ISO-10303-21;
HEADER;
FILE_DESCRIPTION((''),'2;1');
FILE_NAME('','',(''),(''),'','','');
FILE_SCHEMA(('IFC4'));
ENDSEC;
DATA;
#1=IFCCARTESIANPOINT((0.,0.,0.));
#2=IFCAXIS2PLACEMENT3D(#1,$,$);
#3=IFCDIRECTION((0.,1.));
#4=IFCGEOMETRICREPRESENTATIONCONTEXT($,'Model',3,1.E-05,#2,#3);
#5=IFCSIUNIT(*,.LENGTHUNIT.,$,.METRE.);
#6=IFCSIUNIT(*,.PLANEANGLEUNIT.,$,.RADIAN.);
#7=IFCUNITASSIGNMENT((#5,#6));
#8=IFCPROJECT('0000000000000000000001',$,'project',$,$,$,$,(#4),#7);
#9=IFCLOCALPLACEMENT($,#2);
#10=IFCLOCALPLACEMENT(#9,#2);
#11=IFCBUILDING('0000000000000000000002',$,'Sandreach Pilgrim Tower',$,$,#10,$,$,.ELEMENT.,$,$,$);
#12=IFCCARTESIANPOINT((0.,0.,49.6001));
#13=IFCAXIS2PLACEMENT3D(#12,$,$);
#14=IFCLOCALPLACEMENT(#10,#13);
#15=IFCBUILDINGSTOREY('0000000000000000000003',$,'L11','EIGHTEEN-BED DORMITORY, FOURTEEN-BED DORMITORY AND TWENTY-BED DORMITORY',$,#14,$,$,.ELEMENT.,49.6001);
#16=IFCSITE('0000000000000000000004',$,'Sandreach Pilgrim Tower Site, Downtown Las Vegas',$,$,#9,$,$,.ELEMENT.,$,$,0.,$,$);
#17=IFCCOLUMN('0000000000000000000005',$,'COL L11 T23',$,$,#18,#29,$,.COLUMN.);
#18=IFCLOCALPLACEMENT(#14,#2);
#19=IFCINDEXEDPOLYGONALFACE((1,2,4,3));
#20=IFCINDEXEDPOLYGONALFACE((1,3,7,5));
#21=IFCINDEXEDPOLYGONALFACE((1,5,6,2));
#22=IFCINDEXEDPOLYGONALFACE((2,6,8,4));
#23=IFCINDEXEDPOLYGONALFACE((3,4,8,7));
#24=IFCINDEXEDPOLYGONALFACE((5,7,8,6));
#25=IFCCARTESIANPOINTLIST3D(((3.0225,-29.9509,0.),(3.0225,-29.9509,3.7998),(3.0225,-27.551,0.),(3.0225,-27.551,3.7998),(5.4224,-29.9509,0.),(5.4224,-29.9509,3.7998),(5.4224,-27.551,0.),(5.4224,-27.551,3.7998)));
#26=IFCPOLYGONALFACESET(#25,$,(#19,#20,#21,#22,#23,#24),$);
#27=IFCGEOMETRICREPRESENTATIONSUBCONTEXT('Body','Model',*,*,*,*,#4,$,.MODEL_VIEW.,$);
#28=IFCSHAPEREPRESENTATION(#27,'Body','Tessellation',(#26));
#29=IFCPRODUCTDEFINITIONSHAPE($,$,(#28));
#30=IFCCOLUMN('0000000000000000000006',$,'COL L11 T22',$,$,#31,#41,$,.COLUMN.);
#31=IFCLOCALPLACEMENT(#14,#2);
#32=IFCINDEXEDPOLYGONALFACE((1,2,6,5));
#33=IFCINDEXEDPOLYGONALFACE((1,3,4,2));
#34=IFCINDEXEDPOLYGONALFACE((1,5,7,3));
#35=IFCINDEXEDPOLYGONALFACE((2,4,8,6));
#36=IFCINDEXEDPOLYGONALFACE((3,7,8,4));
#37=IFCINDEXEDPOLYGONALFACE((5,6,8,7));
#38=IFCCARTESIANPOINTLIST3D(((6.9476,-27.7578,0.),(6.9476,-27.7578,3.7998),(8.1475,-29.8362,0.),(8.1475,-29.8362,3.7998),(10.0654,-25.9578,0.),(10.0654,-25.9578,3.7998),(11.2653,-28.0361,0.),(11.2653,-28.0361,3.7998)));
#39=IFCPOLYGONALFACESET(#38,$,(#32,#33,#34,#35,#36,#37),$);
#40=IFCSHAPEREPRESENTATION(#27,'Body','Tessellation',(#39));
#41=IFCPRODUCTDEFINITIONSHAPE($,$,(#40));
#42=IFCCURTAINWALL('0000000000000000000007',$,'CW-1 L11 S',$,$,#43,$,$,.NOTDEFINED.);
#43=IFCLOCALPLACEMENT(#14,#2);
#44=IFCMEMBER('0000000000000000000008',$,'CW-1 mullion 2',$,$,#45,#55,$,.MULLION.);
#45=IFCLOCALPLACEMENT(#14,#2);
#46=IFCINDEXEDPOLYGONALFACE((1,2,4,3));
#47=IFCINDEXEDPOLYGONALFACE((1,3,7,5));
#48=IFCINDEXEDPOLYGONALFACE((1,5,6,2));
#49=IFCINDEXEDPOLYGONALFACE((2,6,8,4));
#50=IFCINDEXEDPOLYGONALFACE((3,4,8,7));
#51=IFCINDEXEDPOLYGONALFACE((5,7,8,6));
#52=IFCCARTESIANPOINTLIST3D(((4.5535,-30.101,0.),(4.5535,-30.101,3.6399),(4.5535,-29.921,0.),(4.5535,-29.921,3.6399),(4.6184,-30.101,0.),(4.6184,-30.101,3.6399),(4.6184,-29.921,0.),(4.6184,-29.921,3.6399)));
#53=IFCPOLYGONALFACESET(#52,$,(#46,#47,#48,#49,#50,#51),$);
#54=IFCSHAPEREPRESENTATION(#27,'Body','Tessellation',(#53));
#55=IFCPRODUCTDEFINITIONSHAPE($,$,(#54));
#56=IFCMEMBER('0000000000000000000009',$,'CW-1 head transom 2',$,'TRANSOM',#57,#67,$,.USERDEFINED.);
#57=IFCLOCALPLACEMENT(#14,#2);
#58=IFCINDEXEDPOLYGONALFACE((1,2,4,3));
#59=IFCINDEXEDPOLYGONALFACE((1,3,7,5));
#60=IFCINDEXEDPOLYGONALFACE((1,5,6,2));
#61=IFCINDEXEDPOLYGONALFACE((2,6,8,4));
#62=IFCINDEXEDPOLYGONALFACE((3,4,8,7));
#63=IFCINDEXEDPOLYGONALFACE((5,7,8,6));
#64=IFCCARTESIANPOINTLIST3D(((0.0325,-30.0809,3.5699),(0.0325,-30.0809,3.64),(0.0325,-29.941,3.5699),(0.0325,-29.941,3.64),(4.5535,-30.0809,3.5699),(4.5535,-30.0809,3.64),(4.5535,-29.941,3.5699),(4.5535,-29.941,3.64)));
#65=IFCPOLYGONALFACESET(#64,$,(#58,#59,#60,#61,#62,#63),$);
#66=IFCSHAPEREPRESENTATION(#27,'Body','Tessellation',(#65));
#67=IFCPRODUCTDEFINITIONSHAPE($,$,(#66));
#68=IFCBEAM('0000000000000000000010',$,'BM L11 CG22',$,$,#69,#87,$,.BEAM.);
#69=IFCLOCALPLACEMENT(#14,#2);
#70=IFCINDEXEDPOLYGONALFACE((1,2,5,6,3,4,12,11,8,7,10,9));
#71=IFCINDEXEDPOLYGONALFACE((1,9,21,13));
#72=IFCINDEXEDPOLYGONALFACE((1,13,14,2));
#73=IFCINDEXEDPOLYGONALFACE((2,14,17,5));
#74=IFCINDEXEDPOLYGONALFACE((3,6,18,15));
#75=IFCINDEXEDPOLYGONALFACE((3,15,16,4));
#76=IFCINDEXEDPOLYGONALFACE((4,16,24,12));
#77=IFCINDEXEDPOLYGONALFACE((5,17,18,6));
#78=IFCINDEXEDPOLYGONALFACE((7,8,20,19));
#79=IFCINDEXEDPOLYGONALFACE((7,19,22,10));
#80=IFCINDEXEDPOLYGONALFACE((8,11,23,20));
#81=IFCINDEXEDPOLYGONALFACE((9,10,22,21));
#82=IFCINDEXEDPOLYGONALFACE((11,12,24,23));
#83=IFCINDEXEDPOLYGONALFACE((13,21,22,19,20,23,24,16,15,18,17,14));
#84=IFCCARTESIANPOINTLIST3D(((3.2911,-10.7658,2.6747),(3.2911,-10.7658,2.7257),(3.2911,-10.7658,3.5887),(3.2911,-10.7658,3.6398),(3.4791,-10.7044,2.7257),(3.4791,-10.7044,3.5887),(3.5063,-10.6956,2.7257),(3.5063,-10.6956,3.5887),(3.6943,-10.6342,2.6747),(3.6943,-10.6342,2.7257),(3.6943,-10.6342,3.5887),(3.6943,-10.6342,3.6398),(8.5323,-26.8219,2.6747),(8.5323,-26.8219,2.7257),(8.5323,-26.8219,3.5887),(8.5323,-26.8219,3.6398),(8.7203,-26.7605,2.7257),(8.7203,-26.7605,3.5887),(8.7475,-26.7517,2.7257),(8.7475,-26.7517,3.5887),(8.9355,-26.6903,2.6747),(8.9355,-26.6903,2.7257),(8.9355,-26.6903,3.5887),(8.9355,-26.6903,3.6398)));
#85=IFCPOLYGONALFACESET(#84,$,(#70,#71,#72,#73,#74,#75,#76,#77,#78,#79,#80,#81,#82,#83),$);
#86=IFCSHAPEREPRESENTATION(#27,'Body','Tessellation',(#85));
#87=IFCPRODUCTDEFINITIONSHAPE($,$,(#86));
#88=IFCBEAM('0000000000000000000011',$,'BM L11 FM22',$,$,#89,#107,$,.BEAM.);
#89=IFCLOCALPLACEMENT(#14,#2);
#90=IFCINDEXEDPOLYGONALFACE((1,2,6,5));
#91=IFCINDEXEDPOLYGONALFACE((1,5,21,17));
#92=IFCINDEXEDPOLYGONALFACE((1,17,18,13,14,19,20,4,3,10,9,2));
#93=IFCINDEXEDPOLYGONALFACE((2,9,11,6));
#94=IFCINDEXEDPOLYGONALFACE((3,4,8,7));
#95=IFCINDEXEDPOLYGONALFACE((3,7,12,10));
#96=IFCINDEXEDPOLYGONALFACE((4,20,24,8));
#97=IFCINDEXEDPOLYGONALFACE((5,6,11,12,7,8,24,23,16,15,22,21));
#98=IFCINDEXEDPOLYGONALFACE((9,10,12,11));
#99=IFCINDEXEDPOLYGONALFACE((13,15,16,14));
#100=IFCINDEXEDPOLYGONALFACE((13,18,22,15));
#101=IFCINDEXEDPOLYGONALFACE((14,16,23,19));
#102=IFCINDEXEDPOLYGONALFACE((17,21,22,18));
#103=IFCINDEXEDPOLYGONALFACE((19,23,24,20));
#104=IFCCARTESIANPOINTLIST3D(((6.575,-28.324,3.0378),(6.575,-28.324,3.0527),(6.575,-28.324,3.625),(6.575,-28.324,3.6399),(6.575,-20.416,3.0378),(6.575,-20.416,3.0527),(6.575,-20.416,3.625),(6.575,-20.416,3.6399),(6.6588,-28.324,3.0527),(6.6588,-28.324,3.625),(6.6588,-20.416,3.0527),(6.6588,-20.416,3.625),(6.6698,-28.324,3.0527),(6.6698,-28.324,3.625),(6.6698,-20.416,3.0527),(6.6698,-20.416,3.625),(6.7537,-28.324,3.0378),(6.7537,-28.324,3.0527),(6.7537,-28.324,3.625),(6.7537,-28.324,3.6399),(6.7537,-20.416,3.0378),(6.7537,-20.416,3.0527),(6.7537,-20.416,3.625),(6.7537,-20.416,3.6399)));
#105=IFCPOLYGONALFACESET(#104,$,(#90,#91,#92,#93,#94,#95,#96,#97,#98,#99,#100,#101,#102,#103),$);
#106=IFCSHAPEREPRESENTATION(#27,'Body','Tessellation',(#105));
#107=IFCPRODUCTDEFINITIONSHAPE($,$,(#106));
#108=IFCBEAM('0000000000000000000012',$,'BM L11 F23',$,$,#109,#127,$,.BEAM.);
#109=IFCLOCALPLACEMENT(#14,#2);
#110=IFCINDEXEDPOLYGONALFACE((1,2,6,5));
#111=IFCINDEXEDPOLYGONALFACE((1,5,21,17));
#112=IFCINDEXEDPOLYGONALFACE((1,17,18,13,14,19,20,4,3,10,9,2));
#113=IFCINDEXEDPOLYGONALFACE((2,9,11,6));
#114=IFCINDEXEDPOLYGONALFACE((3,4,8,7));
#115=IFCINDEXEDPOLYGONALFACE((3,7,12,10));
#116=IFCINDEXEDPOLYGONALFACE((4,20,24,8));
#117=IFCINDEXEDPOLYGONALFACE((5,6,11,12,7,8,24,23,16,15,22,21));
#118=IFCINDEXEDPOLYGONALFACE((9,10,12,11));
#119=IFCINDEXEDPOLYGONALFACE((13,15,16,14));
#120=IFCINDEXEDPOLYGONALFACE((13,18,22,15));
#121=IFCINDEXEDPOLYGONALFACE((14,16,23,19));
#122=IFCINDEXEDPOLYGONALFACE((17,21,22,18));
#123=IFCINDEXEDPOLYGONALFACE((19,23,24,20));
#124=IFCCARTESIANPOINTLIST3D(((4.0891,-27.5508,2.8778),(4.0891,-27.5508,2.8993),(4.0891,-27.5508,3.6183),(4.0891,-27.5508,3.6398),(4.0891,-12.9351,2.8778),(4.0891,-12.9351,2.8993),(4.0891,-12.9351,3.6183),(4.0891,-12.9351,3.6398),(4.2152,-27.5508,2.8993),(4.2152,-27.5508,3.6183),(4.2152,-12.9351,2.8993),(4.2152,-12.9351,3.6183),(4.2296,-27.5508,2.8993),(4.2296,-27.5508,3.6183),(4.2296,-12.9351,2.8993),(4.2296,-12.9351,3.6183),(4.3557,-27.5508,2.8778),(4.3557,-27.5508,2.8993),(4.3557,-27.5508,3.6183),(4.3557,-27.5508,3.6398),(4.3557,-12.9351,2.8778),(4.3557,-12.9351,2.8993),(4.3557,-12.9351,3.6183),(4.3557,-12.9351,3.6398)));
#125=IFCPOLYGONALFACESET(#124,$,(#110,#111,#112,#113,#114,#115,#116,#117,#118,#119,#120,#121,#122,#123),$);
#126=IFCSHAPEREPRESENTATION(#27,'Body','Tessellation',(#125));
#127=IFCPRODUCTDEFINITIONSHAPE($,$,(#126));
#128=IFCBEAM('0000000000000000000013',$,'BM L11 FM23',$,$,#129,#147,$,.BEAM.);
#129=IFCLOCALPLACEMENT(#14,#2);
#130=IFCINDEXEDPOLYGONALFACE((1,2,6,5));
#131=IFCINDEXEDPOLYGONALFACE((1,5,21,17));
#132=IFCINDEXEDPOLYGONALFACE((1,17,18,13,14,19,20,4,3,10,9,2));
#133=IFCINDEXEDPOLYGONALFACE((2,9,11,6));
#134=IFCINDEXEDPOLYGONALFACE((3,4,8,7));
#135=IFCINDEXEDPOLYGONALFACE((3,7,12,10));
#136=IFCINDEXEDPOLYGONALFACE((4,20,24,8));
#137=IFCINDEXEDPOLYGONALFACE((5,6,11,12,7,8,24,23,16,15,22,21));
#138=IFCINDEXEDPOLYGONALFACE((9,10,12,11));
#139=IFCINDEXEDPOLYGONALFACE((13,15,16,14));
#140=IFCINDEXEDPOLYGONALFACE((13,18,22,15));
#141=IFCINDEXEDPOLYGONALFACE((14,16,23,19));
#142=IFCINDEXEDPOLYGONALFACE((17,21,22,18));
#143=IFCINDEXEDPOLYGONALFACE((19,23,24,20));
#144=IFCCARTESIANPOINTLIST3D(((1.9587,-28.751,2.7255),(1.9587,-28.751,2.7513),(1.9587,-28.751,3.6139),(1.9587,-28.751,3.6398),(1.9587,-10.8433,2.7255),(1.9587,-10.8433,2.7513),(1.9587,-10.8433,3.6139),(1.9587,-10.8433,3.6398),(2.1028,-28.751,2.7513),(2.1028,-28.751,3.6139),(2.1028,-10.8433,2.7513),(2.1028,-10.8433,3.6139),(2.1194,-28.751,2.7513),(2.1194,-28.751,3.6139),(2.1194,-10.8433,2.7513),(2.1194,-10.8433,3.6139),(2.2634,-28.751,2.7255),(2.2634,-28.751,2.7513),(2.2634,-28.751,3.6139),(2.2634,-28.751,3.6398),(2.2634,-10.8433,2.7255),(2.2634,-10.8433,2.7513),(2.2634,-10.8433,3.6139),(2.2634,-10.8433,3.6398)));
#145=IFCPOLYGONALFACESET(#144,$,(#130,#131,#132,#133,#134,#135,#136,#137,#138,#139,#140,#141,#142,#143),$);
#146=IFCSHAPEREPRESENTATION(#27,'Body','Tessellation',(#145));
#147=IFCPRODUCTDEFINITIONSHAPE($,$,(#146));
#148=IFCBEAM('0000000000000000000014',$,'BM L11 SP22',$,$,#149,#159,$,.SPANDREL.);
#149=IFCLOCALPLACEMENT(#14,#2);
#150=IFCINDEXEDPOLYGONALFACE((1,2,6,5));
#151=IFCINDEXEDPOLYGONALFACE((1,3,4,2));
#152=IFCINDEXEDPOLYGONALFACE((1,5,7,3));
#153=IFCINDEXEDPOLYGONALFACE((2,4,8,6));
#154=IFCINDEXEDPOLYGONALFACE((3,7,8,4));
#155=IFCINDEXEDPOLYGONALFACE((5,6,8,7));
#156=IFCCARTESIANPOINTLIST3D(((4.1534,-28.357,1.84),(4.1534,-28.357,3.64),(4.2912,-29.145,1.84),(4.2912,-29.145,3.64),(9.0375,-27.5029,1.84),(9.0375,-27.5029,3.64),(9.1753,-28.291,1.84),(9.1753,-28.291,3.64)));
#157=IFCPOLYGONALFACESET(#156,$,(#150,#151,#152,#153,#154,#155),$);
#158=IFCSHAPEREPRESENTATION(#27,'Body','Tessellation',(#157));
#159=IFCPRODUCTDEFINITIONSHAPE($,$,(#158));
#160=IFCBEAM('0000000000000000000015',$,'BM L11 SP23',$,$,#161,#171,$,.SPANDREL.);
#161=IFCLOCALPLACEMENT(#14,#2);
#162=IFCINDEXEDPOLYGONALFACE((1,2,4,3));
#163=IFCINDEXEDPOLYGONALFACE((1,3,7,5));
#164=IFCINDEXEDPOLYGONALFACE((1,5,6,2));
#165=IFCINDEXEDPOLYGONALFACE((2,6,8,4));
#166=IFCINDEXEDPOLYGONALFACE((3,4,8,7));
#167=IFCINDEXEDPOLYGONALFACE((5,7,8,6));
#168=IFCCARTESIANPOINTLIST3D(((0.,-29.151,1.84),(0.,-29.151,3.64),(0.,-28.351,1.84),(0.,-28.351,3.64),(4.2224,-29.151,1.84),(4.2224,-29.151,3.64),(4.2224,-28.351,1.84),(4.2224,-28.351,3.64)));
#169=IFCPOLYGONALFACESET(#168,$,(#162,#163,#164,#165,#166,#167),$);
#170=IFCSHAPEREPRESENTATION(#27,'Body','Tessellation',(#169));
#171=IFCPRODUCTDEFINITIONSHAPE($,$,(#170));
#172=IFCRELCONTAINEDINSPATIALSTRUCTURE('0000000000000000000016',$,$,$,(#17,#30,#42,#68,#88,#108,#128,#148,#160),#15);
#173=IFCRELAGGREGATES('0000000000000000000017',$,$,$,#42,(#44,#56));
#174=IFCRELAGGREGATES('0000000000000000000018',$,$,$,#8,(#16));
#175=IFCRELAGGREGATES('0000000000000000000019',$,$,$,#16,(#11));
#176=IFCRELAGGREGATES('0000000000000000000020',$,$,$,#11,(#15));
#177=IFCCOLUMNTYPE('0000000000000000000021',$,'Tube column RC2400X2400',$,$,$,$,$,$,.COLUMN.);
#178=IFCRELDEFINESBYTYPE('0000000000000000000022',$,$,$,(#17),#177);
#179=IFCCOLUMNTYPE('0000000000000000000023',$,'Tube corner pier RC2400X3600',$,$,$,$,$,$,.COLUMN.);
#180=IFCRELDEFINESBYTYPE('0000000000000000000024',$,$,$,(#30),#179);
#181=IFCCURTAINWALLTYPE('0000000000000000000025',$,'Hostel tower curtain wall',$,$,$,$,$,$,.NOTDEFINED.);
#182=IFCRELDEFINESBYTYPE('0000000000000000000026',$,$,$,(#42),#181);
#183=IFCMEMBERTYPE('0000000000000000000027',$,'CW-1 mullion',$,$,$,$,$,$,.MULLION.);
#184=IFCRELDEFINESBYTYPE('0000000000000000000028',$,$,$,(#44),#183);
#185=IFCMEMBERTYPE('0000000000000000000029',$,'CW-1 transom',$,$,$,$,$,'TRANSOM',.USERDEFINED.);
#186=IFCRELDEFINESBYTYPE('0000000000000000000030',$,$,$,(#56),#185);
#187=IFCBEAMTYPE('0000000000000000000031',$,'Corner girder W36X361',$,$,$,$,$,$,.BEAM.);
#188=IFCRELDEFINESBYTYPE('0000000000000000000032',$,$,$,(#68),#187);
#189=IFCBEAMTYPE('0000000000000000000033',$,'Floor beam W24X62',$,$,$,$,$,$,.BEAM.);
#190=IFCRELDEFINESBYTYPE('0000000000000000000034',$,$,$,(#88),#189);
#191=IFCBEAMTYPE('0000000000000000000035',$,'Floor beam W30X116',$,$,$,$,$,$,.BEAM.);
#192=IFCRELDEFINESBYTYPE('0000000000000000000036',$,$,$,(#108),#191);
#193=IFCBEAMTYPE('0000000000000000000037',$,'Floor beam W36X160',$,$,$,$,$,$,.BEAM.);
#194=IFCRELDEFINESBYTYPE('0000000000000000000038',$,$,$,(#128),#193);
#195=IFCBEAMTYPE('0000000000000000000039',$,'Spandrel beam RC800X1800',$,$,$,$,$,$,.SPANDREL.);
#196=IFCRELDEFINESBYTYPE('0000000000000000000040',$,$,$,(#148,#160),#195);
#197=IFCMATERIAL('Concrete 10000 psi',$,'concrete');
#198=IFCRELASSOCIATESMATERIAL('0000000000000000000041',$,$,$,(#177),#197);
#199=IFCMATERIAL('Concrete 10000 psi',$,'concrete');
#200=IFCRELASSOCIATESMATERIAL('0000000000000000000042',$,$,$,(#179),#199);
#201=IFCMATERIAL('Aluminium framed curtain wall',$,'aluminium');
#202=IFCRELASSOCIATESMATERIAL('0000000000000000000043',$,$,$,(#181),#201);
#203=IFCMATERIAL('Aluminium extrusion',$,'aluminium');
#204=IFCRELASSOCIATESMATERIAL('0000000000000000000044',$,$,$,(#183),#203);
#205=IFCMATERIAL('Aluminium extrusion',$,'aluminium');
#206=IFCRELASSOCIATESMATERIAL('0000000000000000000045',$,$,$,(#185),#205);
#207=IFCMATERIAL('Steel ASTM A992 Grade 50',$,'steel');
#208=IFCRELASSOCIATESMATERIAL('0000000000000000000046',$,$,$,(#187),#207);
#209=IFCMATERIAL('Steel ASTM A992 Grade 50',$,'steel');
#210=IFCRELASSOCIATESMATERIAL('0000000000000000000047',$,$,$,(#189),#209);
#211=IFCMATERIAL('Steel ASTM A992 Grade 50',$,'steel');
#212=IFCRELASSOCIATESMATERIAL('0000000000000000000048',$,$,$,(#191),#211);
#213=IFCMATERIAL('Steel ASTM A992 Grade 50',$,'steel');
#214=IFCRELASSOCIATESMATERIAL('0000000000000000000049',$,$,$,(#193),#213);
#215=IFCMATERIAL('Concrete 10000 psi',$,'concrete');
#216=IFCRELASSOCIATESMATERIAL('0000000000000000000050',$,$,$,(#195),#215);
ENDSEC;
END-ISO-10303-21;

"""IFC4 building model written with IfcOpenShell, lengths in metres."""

from ifc_helpers import new_model, si_unit, direction, frame, origin, origin_2d, place, context, subcontext, project, spatial, rectangle, i_section, extrude, material, material_profile, profile_set, type_object, element, aggregate, save


model = new_model("IFC4")

# Units and contexts
model_context = context("Model", 3, precision=1e-05, world=origin(), true_north=direction((0.0, 1.0)))
body_context = subcontext(model_context, "Body", "Model", "MODEL_VIEW")
ifc_project = project(units=[si_unit("LENGTHUNIT", "METRE"), si_unit("PLANEANGLEUNIT", "RADIAN")], contexts=[model_context])

# Site, building, storey
site_placement = place(None, origin())
site = spatial("IfcSite", under=ifc_project, at=site_placement, Name="Sandreach Pilgrim Tower Site, Downtown Las Vegas", CompositionType="ELEMENT", RefElevation=0.0)
building_placement = place(site_placement, origin())
building = spatial("IfcBuilding", under=site, at=building_placement, Name="Sandreach Pilgrim Tower", CompositionType="ELEMENT")
storey_placement = place(building_placement, frame((0.0, 0.0, 49.6001)))
storey = spatial("IfcBuildingStorey", under=building, at=storey_placement, Name="L11", Description="EIGHTEEN-BED DORMITORY, FOURTEEN-BED DORMITORY AND TWENTY-BED DORMITORY", CompositionType="ELEMENT", Elevation=49.6001)

# Columns
ifc_material_1 = material(Name="Concrete 10000 psi", Category="concrete")
ifc_material_profile_1 = material_profile(ifc_material_1, rectangle(XDim=2.3999, YDim=2.3999, at=origin_2d()), Name="RC2400X2400")
ifc_profile_set_1 = profile_set([ifc_material_profile_1], Name="Concrete 10000 psi")
column_type_1 = type_object("IfcColumnType", Name="Tube column RC2400X2400", PredefinedType="COLUMN", material=ifc_profile_set_1)
column_1_placement = place(storey_placement, frame((4.2224, -28.751, 0.0), z_axis=(0.0, 0.0, 1.0), x_axis=(0.0, -1.0, 0.0)))
element("IfcColumn", 1, at=column_1_placement, inside=storey, type_object=column_type_1, Name="COL L11 T23", PredefinedType="COLUMN", context=body_context, shape_type="SweptSolid", body=[
    extrude(rectangle(XDim=2.3999, YDim=2.3999, at=origin_2d()), origin(), (0.0, 0.0, 1.0), 3.7998),
])
ifc_material_2 = material(Name="Concrete 10000 psi", Category="concrete")
ifc_material_profile_2 = material_profile(ifc_material_2, rectangle(XDim=2.3999, YDim=3.6001, at=origin_2d()), Name="RC2400X3600")
ifc_profile_set_2 = profile_set([ifc_material_profile_2], Name="Concrete 10000 psi")
column_type_2 = type_object("IfcColumnType", Name="Tube corner pier RC2400X3600", PredefinedType="COLUMN", material=ifc_profile_set_2)
column_2_placement = place(storey_placement, frame((9.1064, -27.897, 0.0), z_axis=(0.0, 0.0, 1.0), x_axis=(0.5, -0.866025, 0.0)))
element("IfcColumn", 2, at=column_2_placement, inside=storey, type_object=column_type_2, Name="COL L11 T22", PredefinedType="COLUMN", context=body_context, shape_type="SweptSolid", body=[
    extrude(rectangle(XDim=2.3999, YDim=3.6001, at=origin_2d()), origin(), (0.0, 0.0, 1.0), 3.7998),
])

# Curtain wall, members
ifc_material_3 = material(Name="Aluminium framed curtain wall", Category="aluminium")
curtain_wall_type = type_object("IfcCurtainWallType", Name="Hostel tower curtain wall", PredefinedType="NOTDEFINED", material=ifc_material_3)
curtain_wall_placement = place(storey_placement, origin())
curtain_wall = element("IfcCurtainWall", 3, at=curtain_wall_placement, inside=storey, type_object=curtain_wall_type, Name="CW-1 L11 S", PredefinedType="NOTDEFINED")
ifc_material_4 = material(Name="Aluminium extrusion", Category="aluminium")
ifc_material_profile_3 = material_profile(ifc_material_4, rectangle(XDim=0.0649, YDim=0.1799, at=origin_2d()), Name="CW-1M 65X180")
ifc_profile_set_3 = profile_set([ifc_material_profile_3], Name="Aluminium extrusion")
member_type_1 = type_object("IfcMemberType", Name="CW-1 mullion", PredefinedType="MULLION", material=ifc_profile_set_3)
member_1_placement = place(storey_placement, frame((4.5859, -30.011, 0.0), z_axis=(0.0, 0.0, 1.0), x_axis=(-1.0, 0.0, 0.0)))
member_1 = element("IfcMember", 4, at=member_1_placement, type_object=member_type_1, Name="CW-1 mullion 2", PredefinedType="MULLION", context=body_context, shape_type="SweptSolid", body=[
    extrude(rectangle(XDim=0.0649, YDim=0.1799, at=origin_2d()), origin(), (0.0, 0.0, 1.0), 3.6399),
])
ifc_material_5 = material(Name="Aluminium extrusion", Category="aluminium")
ifc_material_profile_4 = material_profile(ifc_material_5, rectangle(XDim=0.1399, YDim=0.0701, at=origin_2d()), Name="CW-1T 140X70")
ifc_profile_set_4 = profile_set([ifc_material_profile_4], Name="Aluminium extrusion")
member_type_2 = type_object("IfcMemberType", Name="CW-1 transom", ElementType="TRANSOM", PredefinedType="USERDEFINED", material=ifc_profile_set_4)
member_2_placement = place(storey_placement, frame((4.5535, -30.011, 3.605), z_axis=(-1.0, 0.0, 0.0), x_axis=(0.0, -1.0, 0.0)))
member_2 = element("IfcMember", 5, at=member_2_placement, type_object=member_type_2, Name="CW-1 head transom 2", ObjectType="TRANSOM", PredefinedType="USERDEFINED", context=body_context, shape_type="SweptSolid", body=[
    extrude(rectangle(XDim=0.1399, YDim=0.0701, at=origin_2d()), origin(), (0.0, 0.0, 1.0), 4.521),
])

# Beams
ifc_material_6 = material(Name="Steel ASTM A992 Grade 50", Category="steel")
ifc_material_profile_5 = material_profile(ifc_material_6, i_section(OverallWidth=0.4241, OverallDepth=0.9651, WebThickness=0.0286, FlangeThickness=0.051, at=origin_2d()), Name="W36X361")
ifc_profile_set_5 = profile_set([ifc_material_profile_5], Name="Steel ASTM A992 Grade 50")
beam_type_1 = type_object("IfcBeamType", Name="Corner girder W36X361", PredefinedType="BEAM", material=ifc_profile_set_5)
beam_1_placement = place(storey_placement, frame((8.7339, -26.7561, 3.1572), z_axis=(-0.310315, 0.950634, 0.0), x_axis=(-0.950634, -0.310315, 0.0)))
element("IfcBeam", 6, at=beam_1_placement, inside=storey, type_object=beam_type_1, Name="BM L11 CG22", PredefinedType="BEAM", context=body_context, shape_type="SweptSolid", body=[
    extrude(i_section(OverallWidth=0.4241, OverallDepth=0.9651, WebThickness=0.0286, FlangeThickness=0.051, at=origin_2d()), origin(), (0.0, 0.0, 1.0), 16.8899),
])
ifc_material_7 = material(Name="Steel ASTM A992 Grade 50", Category="steel")
ifc_material_profile_6 = material_profile(ifc_material_7, i_section(OverallWidth=0.1787, OverallDepth=0.6021, WebThickness=0.011, FlangeThickness=0.0149, at=origin_2d()), Name="W24X62")
ifc_profile_set_6 = profile_set([ifc_material_profile_6], Name="Steel ASTM A992 Grade 50")
beam_type_2 = type_object("IfcBeamType", Name="Floor beam W24X62", PredefinedType="BEAM", material=ifc_profile_set_6)
beam_2_placement = place(storey_placement, frame((6.6643, -28.324, 3.3389), z_axis=(0.0, 1.0, 0.0), x_axis=(-1.0, 0.0, 0.0)))
element("IfcBeam", 7, at=beam_2_placement, inside=storey, type_object=beam_type_2, Name="BM L11 FM22", PredefinedType="BEAM", context=body_context, shape_type="SweptSolid", body=[
    extrude(i_section(OverallWidth=0.1787, OverallDepth=0.6021, WebThickness=0.011, FlangeThickness=0.0149, at=origin_2d()), origin(), (0.0, 0.0, 1.0), 7.908),
])
ifc_material_8 = material(Name="Steel ASTM A992 Grade 50", Category="steel")
ifc_material_profile_7 = material_profile(ifc_material_8, i_section(OverallWidth=0.2666, OverallDepth=0.762, WebThickness=0.0144, FlangeThickness=0.0215, at=origin_2d()), Name="W30X116")
ifc_profile_set_7 = profile_set([ifc_material_profile_7], Name="Steel ASTM A992 Grade 50")
beam_type_3 = type_object("IfcBeamType", Name="Floor beam W30X116", PredefinedType="BEAM", material=ifc_profile_set_7)
beam_3_placement = place(storey_placement, frame((4.2224, -27.5508, 3.2588), z_axis=(0.0, 1.0, 0.0), x_axis=(-1.0, 0.0, 0.0)))
element("IfcBeam", 8, at=beam_3_placement, inside=storey, type_object=beam_type_3, Name="BM L11 F23", PredefinedType="BEAM", context=body_context, shape_type="SweptSolid", body=[
    extrude(i_section(OverallWidth=0.2666, OverallDepth=0.762, WebThickness=0.0144, FlangeThickness=0.0215, at=origin_2d()), origin(), (0.0, 0.0, 1.0), 14.6157),
])
ifc_material_9 = material(Name="Steel ASTM A992 Grade 50", Category="steel")
ifc_material_profile_8 = material_profile(ifc_material_9, i_section(OverallWidth=0.3047, OverallDepth=0.9143, WebThickness=0.0166, FlangeThickness=0.0259, at=origin_2d()), Name="W36X160")
ifc_profile_set_8 = profile_set([ifc_material_profile_8], Name="Steel ASTM A992 Grade 50")
beam_type_4 = type_object("IfcBeamType", Name="Floor beam W36X160", PredefinedType="BEAM", material=ifc_profile_set_8)
beam_4_placement = place(storey_placement, frame((2.1111, -28.751, 3.1826), z_axis=(0.0, 1.0, 0.0), x_axis=(-1.0, 0.0, 0.0)))
element("IfcBeam", 9, at=beam_4_placement, inside=storey, type_object=beam_type_4, Name="BM L11 FM23", PredefinedType="BEAM", context=body_context, shape_type="SweptSolid", body=[
    extrude(i_section(OverallWidth=0.3047, OverallDepth=0.9143, WebThickness=0.0166, FlangeThickness=0.0259, at=origin_2d()), origin(), (0.0, 0.0, 1.0), 17.9077),
])
ifc_material_10 = material(Name="Concrete 10000 psi", Category="concrete")
ifc_material_profile_9 = material_profile(ifc_material_10, rectangle(XDim=0.8, YDim=1.8, at=origin_2d()), Name="RC800X1800")
ifc_profile_set_9 = profile_set([ifc_material_profile_9], Name="Concrete 10000 psi")
beam_type_5 = type_object("IfcBeamType", Name="Spandrel beam RC800X1800", PredefinedType="SPANDREL", material=ifc_profile_set_9)
beam_5_placement = place(storey_placement, frame((9.1064, -27.897, 2.74), z_axis=(-0.985054, -0.172243, 0.0), x_axis=(0.172243, -0.985054, 0.0)))
element("IfcBeam", 10, at=beam_5_placement, inside=storey, type_object=beam_type_5, Name="BM L11 SP22", PredefinedType="SPANDREL", context=body_context, shape_type="SweptSolid", body=[
    extrude(rectangle(XDim=0.8, YDim=1.8, at=origin_2d()), origin(), (0.0, 0.0, 1.0), 4.9583),
])
beam_6_placement = place(storey_placement, frame((4.2224, -28.751, 2.74), z_axis=(-1.0, 0.0, 0.0), x_axis=(0.0, -1.0, 0.0)))
element("IfcBeam", 11, at=beam_6_placement, inside=storey, type_object=beam_type_5, Name="BM L11 SP23", PredefinedType="SPANDREL", context=body_context, shape_type="SweptSolid", body=[
    extrude(rectangle(XDim=0.8, YDim=1.8, at=origin_2d()), origin(), (0.0, 0.0, 1.0), 4.2224),
])

aggregate(curtain_wall, [member_1, member_2])

save(model, "model.ifc")
